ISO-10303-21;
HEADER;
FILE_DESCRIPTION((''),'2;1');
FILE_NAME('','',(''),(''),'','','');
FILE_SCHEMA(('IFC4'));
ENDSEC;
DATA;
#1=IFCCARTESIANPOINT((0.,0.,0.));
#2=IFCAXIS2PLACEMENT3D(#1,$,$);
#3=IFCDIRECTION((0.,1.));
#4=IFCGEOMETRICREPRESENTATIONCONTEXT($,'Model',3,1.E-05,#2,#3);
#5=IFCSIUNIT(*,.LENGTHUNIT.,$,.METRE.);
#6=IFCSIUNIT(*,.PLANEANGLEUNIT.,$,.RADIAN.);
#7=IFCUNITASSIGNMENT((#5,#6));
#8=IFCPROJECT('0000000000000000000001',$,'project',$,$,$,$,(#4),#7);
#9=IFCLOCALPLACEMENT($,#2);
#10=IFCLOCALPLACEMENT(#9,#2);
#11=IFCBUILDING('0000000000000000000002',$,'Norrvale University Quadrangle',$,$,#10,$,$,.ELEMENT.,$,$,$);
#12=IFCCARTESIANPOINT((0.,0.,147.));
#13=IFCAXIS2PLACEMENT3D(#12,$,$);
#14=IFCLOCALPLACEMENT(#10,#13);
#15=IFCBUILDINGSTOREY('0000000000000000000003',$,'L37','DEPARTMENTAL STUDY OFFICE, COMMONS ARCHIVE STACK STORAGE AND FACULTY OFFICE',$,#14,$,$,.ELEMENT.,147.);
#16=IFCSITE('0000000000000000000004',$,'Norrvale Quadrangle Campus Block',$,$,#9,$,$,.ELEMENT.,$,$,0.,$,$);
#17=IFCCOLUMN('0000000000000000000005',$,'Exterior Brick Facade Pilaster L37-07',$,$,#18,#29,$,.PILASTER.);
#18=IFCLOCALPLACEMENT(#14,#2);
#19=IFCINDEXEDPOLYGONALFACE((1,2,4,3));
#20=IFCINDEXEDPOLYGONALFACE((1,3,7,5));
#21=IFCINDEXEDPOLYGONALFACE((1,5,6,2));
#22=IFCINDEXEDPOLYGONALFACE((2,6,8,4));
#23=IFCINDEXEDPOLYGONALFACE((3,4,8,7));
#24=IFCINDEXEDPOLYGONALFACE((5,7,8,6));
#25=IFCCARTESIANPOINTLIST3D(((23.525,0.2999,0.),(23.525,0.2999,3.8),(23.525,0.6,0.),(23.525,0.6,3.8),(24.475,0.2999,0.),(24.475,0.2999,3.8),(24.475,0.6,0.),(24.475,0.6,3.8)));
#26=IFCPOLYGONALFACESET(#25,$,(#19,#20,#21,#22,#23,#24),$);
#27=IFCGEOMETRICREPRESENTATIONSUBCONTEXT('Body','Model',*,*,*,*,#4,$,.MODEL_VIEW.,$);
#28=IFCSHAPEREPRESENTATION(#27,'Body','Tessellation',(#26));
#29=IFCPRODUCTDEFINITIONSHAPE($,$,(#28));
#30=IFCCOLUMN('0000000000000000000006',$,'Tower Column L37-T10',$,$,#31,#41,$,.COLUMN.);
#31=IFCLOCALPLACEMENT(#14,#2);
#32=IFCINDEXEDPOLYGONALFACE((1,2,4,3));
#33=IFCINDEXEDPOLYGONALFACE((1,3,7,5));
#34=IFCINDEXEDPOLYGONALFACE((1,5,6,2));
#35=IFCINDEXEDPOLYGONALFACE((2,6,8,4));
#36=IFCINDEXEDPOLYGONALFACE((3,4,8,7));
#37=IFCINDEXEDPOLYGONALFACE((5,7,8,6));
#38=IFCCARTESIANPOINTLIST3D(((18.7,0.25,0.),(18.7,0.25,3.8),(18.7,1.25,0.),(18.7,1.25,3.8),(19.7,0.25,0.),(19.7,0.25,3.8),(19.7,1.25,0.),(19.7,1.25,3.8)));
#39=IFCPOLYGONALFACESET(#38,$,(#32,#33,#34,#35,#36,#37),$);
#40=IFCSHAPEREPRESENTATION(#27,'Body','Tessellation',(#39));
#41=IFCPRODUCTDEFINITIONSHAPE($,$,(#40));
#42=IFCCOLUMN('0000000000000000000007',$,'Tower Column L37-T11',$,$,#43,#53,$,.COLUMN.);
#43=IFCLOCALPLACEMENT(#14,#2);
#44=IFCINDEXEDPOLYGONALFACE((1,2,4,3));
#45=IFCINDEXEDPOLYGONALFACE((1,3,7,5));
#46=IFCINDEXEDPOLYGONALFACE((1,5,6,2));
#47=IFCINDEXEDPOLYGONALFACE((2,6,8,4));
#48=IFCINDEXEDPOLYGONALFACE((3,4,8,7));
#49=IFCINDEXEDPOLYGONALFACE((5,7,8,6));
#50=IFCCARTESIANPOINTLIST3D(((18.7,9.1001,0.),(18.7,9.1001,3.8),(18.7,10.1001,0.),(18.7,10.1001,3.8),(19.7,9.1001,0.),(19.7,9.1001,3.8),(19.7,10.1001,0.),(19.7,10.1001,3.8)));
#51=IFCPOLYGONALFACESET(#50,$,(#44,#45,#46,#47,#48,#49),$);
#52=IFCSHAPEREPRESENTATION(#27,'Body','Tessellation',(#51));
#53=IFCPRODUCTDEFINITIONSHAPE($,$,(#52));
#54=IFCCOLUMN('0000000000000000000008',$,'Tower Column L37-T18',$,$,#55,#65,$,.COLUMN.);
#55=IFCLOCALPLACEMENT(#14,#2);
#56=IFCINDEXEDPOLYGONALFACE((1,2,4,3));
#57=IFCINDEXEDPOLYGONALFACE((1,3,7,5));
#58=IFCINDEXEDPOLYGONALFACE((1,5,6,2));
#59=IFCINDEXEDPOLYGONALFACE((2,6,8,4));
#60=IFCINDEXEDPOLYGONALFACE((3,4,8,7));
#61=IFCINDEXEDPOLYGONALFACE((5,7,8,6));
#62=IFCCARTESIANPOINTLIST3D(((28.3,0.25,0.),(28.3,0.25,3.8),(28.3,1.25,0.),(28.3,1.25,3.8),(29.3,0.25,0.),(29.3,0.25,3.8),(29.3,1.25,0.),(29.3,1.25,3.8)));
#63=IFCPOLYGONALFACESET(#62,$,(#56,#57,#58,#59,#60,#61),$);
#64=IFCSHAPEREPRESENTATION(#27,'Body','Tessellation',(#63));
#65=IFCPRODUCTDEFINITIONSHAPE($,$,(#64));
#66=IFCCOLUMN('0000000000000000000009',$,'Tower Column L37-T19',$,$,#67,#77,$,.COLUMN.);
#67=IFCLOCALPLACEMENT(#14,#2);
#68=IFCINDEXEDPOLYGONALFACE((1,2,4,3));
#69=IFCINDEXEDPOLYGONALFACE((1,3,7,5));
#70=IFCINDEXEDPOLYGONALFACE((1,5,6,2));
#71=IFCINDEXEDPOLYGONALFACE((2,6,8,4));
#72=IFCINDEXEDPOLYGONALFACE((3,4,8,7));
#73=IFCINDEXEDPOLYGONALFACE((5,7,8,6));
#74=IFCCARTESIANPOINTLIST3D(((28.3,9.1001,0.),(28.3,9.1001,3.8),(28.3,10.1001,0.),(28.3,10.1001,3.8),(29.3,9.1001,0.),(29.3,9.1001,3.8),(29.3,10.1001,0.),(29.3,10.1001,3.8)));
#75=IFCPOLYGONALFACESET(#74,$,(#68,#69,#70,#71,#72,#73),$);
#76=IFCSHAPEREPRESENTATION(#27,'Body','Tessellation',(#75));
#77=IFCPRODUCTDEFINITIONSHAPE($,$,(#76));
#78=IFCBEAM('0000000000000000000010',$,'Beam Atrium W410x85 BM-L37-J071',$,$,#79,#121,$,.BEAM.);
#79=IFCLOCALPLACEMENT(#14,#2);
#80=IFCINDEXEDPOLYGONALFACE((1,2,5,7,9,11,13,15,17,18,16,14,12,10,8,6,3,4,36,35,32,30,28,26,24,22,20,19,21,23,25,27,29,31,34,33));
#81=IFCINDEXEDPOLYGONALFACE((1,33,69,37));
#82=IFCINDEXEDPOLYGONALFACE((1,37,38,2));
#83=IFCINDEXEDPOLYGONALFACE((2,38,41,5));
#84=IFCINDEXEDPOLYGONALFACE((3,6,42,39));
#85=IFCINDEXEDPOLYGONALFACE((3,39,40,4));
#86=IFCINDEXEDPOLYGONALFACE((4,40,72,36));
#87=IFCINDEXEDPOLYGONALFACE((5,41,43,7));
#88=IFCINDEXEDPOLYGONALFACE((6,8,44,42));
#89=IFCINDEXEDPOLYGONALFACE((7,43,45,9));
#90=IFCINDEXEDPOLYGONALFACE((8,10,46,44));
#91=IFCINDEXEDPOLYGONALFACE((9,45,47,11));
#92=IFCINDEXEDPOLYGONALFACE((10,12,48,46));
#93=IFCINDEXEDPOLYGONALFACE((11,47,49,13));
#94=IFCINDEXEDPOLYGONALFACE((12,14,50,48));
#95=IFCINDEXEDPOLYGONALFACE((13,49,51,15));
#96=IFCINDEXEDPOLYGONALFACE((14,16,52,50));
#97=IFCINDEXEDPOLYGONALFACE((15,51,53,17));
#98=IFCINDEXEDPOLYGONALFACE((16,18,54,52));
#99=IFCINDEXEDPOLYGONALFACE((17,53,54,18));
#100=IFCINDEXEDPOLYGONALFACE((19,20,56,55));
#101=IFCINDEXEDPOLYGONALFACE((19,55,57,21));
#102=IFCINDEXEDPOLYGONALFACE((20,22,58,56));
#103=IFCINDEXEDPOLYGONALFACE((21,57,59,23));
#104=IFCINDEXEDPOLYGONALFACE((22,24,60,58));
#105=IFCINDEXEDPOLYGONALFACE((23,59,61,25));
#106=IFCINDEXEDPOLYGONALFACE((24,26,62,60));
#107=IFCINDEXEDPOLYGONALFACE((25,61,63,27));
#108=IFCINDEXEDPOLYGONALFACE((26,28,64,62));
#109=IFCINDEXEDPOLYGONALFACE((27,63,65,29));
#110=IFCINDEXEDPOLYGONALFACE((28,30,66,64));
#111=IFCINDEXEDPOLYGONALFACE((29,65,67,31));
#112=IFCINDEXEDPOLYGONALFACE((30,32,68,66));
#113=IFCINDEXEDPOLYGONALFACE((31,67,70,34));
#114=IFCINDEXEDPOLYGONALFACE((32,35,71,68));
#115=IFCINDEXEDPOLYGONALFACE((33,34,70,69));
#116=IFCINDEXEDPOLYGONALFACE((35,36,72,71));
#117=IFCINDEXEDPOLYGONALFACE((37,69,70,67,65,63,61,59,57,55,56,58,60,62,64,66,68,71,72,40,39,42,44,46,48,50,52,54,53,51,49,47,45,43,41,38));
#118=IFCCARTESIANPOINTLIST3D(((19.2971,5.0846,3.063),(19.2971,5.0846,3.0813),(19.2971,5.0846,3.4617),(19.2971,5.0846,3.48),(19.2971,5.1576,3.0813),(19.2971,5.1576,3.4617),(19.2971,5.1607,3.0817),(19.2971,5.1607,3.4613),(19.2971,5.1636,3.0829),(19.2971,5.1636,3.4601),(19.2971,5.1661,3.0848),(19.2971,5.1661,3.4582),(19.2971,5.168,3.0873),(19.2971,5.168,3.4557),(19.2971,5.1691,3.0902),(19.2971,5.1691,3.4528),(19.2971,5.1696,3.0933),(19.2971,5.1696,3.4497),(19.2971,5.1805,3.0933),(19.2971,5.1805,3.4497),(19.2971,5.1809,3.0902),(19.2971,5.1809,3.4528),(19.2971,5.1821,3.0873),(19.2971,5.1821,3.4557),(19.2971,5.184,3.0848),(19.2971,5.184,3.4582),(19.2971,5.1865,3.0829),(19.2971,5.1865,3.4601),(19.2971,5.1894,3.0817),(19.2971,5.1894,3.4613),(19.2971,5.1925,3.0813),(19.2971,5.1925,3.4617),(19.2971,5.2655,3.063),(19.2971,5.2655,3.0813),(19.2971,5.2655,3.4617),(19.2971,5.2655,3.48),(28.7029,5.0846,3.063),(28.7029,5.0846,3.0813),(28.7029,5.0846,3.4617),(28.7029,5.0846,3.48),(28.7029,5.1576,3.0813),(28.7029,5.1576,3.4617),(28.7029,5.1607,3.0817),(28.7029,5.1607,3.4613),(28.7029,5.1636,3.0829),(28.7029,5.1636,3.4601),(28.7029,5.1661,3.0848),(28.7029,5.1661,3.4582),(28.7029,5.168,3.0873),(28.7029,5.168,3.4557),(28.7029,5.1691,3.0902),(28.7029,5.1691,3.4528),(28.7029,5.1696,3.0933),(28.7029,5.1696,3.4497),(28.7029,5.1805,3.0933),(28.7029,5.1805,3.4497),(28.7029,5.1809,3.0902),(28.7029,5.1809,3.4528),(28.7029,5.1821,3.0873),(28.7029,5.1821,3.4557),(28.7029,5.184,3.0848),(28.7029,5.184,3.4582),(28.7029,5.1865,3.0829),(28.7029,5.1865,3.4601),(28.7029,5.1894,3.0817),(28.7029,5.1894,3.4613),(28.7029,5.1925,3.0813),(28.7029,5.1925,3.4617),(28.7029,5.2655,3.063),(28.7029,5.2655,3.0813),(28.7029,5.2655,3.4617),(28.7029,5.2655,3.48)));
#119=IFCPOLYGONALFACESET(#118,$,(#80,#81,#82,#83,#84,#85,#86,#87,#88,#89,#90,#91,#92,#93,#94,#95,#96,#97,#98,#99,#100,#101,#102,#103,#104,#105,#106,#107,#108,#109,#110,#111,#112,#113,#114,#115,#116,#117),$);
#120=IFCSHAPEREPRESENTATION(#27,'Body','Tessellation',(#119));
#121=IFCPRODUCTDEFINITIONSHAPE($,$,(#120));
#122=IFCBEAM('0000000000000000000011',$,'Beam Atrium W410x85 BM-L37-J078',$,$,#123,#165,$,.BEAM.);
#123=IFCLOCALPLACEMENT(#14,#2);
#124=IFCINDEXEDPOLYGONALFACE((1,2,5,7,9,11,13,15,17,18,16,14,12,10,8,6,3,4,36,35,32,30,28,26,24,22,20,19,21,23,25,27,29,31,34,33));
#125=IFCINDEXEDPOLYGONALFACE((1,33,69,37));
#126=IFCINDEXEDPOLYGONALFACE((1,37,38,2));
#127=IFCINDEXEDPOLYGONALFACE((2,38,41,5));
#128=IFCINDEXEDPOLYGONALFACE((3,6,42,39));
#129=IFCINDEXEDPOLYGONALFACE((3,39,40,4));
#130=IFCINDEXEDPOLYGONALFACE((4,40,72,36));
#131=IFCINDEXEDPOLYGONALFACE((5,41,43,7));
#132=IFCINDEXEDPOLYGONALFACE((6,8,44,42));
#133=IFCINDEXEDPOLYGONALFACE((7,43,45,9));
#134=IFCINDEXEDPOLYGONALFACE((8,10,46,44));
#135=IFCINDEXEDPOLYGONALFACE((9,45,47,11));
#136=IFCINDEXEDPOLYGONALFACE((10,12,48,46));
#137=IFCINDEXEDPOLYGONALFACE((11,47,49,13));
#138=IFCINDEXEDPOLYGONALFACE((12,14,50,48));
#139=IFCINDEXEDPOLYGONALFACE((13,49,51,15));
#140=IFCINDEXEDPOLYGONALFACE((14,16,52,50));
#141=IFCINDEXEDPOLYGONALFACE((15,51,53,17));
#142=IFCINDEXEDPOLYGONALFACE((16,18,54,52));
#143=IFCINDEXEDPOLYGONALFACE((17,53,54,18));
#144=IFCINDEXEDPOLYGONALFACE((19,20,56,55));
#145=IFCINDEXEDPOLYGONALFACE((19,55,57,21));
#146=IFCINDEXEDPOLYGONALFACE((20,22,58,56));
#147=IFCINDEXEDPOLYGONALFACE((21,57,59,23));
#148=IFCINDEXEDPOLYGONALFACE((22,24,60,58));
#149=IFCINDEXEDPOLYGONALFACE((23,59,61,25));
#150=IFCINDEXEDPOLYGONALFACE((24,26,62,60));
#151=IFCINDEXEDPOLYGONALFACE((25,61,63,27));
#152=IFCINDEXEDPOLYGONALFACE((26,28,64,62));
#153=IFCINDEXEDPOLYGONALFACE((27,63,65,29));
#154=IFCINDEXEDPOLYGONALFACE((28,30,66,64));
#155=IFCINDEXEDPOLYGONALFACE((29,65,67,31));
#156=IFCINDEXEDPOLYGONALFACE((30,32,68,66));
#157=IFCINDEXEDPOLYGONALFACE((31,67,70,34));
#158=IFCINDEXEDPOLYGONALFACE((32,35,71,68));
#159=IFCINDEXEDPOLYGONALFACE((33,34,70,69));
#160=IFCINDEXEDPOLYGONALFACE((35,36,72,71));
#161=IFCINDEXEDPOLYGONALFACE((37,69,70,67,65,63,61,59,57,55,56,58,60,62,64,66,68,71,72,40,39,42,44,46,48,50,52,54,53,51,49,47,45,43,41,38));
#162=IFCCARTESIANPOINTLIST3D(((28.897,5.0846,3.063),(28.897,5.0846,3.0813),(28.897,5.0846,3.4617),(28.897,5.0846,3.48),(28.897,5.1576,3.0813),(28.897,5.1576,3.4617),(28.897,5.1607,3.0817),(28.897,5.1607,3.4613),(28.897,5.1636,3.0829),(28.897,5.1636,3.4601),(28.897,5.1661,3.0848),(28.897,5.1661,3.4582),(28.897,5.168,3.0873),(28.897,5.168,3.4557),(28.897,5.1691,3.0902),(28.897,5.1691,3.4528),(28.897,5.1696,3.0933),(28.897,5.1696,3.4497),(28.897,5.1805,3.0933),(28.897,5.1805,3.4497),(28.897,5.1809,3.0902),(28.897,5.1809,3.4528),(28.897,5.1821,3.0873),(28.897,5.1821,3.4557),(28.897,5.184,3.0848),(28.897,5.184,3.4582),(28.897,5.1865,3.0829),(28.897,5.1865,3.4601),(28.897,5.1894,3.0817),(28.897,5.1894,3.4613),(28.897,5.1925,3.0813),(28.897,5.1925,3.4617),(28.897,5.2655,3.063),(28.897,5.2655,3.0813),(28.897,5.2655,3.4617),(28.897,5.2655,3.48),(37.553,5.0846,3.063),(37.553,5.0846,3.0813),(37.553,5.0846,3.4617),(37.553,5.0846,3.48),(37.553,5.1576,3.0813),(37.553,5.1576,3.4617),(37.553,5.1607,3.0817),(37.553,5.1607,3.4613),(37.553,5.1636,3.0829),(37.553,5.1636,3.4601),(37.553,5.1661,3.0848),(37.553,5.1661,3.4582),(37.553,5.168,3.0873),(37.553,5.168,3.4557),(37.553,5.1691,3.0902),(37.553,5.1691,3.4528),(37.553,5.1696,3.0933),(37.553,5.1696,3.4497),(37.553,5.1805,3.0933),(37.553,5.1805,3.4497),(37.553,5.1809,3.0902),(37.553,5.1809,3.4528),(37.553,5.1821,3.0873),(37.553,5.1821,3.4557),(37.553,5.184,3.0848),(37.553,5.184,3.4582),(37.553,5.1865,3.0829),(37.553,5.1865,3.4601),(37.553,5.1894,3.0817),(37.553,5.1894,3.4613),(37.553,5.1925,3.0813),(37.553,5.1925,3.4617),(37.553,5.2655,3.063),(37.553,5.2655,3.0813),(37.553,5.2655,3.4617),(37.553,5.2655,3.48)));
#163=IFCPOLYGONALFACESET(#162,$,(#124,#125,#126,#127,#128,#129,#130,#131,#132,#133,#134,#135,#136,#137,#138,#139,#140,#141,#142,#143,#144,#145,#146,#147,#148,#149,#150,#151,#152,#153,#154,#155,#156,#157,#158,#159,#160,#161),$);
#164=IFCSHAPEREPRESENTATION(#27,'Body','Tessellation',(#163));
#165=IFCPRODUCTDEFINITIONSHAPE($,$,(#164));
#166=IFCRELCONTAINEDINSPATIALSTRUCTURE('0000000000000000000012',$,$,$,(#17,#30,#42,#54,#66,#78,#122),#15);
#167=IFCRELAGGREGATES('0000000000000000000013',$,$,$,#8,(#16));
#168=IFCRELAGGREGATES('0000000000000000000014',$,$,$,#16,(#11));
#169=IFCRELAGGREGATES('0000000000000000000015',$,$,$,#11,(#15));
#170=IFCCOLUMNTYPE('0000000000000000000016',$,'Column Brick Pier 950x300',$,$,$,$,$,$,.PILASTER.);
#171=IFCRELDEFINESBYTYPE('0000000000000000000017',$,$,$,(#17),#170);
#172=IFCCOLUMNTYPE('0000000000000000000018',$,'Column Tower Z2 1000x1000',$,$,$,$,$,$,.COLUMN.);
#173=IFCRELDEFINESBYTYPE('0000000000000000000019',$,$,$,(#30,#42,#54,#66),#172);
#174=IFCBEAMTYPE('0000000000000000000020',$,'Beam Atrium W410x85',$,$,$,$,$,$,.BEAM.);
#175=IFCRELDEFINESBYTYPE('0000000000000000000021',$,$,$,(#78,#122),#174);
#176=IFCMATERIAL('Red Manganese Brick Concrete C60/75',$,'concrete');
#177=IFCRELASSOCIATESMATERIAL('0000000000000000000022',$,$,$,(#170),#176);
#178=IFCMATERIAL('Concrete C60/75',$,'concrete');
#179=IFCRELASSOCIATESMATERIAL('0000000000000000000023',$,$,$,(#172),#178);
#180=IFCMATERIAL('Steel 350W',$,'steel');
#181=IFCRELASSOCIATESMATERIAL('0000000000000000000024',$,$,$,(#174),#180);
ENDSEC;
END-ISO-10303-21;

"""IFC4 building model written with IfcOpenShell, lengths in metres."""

from ifc_helpers import new_model, si_unit, direction, frame, origin, origin_2d, place, context, subcontext, project, spatial, rectangle, i_section, extrude, material, material_profile, profile_set, type_object, element, save


model = new_model("IFC4")

# Units and contexts
model_context = context("Model", 3, precision=1e-05, world=origin(), true_north=direction((0.0, 1.0)))
body_context = subcontext(model_context, "Body", "Model", "MODEL_VIEW")
ifc_project = project(units=[si_unit("LENGTHUNIT", "METRE"), si_unit("PLANEANGLEUNIT", "RADIAN")], contexts=[model_context])

# Site, building, storey
site_placement = place(None, origin())
site = spatial("IfcSite", under=ifc_project, at=site_placement, Name="Norrvale Quadrangle Campus Block", CompositionType="ELEMENT", RefElevation=0.0)
building_placement = place(site_placement, origin())
building = spatial("IfcBuilding", under=site, at=building_placement, Name="Norrvale University Quadrangle", CompositionType="ELEMENT")
storey_placement = place(building_placement, frame((0.0, 0.0, 147.0)))
storey = spatial("IfcBuildingStorey", under=building, at=storey_placement, Name="L37", Description="DEPARTMENTAL STUDY OFFICE, COMMONS ARCHIVE STACK STORAGE AND FACULTY OFFICE", CompositionType="ELEMENT", Elevation=147.0)

# Columns
ifc_material_1 = material(Name="Red Manganese Brick Concrete C60/75", Category="concrete")
ifc_material_profile_1 = material_profile(ifc_material_1, rectangle(XDim=0.95, YDim=0.3, at=origin_2d()), Name="Red Manganese Brick Concrete C60/75")
ifc_profile_set_1 = profile_set([ifc_material_profile_1], Name="Red Manganese Brick Concrete C60/75")
column_type_1 = type_object("IfcColumnType", Name="Column Brick Pier 950x300", PredefinedType="PILASTER", material=ifc_profile_set_1)
column_placement = place(storey_placement, frame((24.0, 0.45, 0.0), z_axis=(0.0, 0.0, 1.0), x_axis=(1.0, 0.0, 0.0)))
element("IfcColumn", 1, at=column_placement, inside=storey, type_object=column_type_1, Name="Exterior Brick Facade Pilaster L37-07", PredefinedType="PILASTER", context=body_context, shape_type="SweptSolid", body=[
    extrude(rectangle(XDim=0.95, YDim=0.3, at=origin_2d()), origin(), (0.0, 0.0, 1.0), 3.8),
])
ifc_material_2 = material(Name="Concrete C60/75", Category="concrete")
ifc_material_profile_2 = material_profile(ifc_material_2, rectangle(XDim=1.0, YDim=1.0, at=origin_2d()), Name="Concrete C60/75")
ifc_profile_set_2 = profile_set([ifc_material_profile_2], Name="Concrete C60/75")
column_type_2 = type_object("IfcColumnType", Name="Column Tower Z2 1000x1000", PredefinedType="COLUMN", material=ifc_profile_set_2)
for number, where, z_axis, x_axis, name in (
    (2, (19.2, 0.75, 0.0), (0.0, 0.0, 1.0), (1.0, 0.0, 0.0), "Tower Column L37-T10"),
    (3, (19.2, 9.6001, 0.0), (0.0, 0.0, 1.0), (1.0, 0.0, 0.0), "Tower Column L37-T11"),
    (4, (28.8, 0.75, 0.0), (0.0, 0.0, 1.0), (1.0, 0.0, 0.0), "Tower Column L37-T18"),
    (5, (28.8, 9.6001, 0.0), (0.0, 0.0, 1.0), (1.0, 0.0, 0.0), "Tower Column L37-T19"),
):
    element("IfcColumn", number, at=place(storey_placement, frame(where, z_axis=z_axis, x_axis=x_axis)), inside=storey, type_object=column_type_2, Name=name, PredefinedType="COLUMN", context=body_context, shape_type="SweptSolid", body=[
        extrude(rectangle(XDim=1.0, YDim=1.0, at=origin_2d()), origin(), (0.0, 0.0, 1.0), 3.8),
    ])

# Beams
ifc_material_3 = material(Name="Steel 350W", Category="steel")
ifc_material_profile_3 = material_profile(ifc_material_3, i_section(OverallWidth=0.1809, OverallDepth=0.417, WebThickness=0.011, FlangeThickness=0.0183, FilletRadius=0.012, at=origin_2d()), Name="Steel 350W")
ifc_profile_set_3 = profile_set([ifc_material_profile_3], Name="Steel 350W")
beam_type_1 = type_object("IfcBeamType", Name="Beam Atrium W410x85", PredefinedType="BEAM", material=ifc_profile_set_3)
beam_1_placement = place(storey_placement, frame((19.2971, 5.175, 3.2715), z_axis=(1.0, 0.0, 0.0), x_axis=(0.0, 1.0, 0.0)))
element("IfcBeam", 6, at=beam_1_placement, inside=storey, type_object=beam_type_1, Name="Beam Atrium W410x85 BM-L37-J071", PredefinedType="BEAM", context=body_context, shape_type="SweptSolid", body=[
    extrude(i_section(OverallWidth=0.1809, OverallDepth=0.417, WebThickness=0.011, FlangeThickness=0.0183, FilletRadius=0.012, at=origin_2d()), origin(), (0.0, 0.0, 1.0), 9.4058),
])
beam_2_placement = place(storey_placement, frame((28.897, 5.175, 3.2715), z_axis=(1.0, 0.0, 0.0), x_axis=(0.0, 1.0, 0.0)))
element("IfcBeam", 7, at=beam_2_placement, inside=storey, type_object=beam_type_1, Name="Beam Atrium W410x85 BM-L37-J078", PredefinedType="BEAM", context=body_context, shape_type="SweptSolid", body=[
    extrude(i_section(OverallWidth=0.1809, OverallDepth=0.417, WebThickness=0.011, FlangeThickness=0.0183, FilletRadius=0.012, at=origin_2d()), origin(), (0.0, 0.0, 1.0), 8.656),
])

save(model, "model.ifc")
